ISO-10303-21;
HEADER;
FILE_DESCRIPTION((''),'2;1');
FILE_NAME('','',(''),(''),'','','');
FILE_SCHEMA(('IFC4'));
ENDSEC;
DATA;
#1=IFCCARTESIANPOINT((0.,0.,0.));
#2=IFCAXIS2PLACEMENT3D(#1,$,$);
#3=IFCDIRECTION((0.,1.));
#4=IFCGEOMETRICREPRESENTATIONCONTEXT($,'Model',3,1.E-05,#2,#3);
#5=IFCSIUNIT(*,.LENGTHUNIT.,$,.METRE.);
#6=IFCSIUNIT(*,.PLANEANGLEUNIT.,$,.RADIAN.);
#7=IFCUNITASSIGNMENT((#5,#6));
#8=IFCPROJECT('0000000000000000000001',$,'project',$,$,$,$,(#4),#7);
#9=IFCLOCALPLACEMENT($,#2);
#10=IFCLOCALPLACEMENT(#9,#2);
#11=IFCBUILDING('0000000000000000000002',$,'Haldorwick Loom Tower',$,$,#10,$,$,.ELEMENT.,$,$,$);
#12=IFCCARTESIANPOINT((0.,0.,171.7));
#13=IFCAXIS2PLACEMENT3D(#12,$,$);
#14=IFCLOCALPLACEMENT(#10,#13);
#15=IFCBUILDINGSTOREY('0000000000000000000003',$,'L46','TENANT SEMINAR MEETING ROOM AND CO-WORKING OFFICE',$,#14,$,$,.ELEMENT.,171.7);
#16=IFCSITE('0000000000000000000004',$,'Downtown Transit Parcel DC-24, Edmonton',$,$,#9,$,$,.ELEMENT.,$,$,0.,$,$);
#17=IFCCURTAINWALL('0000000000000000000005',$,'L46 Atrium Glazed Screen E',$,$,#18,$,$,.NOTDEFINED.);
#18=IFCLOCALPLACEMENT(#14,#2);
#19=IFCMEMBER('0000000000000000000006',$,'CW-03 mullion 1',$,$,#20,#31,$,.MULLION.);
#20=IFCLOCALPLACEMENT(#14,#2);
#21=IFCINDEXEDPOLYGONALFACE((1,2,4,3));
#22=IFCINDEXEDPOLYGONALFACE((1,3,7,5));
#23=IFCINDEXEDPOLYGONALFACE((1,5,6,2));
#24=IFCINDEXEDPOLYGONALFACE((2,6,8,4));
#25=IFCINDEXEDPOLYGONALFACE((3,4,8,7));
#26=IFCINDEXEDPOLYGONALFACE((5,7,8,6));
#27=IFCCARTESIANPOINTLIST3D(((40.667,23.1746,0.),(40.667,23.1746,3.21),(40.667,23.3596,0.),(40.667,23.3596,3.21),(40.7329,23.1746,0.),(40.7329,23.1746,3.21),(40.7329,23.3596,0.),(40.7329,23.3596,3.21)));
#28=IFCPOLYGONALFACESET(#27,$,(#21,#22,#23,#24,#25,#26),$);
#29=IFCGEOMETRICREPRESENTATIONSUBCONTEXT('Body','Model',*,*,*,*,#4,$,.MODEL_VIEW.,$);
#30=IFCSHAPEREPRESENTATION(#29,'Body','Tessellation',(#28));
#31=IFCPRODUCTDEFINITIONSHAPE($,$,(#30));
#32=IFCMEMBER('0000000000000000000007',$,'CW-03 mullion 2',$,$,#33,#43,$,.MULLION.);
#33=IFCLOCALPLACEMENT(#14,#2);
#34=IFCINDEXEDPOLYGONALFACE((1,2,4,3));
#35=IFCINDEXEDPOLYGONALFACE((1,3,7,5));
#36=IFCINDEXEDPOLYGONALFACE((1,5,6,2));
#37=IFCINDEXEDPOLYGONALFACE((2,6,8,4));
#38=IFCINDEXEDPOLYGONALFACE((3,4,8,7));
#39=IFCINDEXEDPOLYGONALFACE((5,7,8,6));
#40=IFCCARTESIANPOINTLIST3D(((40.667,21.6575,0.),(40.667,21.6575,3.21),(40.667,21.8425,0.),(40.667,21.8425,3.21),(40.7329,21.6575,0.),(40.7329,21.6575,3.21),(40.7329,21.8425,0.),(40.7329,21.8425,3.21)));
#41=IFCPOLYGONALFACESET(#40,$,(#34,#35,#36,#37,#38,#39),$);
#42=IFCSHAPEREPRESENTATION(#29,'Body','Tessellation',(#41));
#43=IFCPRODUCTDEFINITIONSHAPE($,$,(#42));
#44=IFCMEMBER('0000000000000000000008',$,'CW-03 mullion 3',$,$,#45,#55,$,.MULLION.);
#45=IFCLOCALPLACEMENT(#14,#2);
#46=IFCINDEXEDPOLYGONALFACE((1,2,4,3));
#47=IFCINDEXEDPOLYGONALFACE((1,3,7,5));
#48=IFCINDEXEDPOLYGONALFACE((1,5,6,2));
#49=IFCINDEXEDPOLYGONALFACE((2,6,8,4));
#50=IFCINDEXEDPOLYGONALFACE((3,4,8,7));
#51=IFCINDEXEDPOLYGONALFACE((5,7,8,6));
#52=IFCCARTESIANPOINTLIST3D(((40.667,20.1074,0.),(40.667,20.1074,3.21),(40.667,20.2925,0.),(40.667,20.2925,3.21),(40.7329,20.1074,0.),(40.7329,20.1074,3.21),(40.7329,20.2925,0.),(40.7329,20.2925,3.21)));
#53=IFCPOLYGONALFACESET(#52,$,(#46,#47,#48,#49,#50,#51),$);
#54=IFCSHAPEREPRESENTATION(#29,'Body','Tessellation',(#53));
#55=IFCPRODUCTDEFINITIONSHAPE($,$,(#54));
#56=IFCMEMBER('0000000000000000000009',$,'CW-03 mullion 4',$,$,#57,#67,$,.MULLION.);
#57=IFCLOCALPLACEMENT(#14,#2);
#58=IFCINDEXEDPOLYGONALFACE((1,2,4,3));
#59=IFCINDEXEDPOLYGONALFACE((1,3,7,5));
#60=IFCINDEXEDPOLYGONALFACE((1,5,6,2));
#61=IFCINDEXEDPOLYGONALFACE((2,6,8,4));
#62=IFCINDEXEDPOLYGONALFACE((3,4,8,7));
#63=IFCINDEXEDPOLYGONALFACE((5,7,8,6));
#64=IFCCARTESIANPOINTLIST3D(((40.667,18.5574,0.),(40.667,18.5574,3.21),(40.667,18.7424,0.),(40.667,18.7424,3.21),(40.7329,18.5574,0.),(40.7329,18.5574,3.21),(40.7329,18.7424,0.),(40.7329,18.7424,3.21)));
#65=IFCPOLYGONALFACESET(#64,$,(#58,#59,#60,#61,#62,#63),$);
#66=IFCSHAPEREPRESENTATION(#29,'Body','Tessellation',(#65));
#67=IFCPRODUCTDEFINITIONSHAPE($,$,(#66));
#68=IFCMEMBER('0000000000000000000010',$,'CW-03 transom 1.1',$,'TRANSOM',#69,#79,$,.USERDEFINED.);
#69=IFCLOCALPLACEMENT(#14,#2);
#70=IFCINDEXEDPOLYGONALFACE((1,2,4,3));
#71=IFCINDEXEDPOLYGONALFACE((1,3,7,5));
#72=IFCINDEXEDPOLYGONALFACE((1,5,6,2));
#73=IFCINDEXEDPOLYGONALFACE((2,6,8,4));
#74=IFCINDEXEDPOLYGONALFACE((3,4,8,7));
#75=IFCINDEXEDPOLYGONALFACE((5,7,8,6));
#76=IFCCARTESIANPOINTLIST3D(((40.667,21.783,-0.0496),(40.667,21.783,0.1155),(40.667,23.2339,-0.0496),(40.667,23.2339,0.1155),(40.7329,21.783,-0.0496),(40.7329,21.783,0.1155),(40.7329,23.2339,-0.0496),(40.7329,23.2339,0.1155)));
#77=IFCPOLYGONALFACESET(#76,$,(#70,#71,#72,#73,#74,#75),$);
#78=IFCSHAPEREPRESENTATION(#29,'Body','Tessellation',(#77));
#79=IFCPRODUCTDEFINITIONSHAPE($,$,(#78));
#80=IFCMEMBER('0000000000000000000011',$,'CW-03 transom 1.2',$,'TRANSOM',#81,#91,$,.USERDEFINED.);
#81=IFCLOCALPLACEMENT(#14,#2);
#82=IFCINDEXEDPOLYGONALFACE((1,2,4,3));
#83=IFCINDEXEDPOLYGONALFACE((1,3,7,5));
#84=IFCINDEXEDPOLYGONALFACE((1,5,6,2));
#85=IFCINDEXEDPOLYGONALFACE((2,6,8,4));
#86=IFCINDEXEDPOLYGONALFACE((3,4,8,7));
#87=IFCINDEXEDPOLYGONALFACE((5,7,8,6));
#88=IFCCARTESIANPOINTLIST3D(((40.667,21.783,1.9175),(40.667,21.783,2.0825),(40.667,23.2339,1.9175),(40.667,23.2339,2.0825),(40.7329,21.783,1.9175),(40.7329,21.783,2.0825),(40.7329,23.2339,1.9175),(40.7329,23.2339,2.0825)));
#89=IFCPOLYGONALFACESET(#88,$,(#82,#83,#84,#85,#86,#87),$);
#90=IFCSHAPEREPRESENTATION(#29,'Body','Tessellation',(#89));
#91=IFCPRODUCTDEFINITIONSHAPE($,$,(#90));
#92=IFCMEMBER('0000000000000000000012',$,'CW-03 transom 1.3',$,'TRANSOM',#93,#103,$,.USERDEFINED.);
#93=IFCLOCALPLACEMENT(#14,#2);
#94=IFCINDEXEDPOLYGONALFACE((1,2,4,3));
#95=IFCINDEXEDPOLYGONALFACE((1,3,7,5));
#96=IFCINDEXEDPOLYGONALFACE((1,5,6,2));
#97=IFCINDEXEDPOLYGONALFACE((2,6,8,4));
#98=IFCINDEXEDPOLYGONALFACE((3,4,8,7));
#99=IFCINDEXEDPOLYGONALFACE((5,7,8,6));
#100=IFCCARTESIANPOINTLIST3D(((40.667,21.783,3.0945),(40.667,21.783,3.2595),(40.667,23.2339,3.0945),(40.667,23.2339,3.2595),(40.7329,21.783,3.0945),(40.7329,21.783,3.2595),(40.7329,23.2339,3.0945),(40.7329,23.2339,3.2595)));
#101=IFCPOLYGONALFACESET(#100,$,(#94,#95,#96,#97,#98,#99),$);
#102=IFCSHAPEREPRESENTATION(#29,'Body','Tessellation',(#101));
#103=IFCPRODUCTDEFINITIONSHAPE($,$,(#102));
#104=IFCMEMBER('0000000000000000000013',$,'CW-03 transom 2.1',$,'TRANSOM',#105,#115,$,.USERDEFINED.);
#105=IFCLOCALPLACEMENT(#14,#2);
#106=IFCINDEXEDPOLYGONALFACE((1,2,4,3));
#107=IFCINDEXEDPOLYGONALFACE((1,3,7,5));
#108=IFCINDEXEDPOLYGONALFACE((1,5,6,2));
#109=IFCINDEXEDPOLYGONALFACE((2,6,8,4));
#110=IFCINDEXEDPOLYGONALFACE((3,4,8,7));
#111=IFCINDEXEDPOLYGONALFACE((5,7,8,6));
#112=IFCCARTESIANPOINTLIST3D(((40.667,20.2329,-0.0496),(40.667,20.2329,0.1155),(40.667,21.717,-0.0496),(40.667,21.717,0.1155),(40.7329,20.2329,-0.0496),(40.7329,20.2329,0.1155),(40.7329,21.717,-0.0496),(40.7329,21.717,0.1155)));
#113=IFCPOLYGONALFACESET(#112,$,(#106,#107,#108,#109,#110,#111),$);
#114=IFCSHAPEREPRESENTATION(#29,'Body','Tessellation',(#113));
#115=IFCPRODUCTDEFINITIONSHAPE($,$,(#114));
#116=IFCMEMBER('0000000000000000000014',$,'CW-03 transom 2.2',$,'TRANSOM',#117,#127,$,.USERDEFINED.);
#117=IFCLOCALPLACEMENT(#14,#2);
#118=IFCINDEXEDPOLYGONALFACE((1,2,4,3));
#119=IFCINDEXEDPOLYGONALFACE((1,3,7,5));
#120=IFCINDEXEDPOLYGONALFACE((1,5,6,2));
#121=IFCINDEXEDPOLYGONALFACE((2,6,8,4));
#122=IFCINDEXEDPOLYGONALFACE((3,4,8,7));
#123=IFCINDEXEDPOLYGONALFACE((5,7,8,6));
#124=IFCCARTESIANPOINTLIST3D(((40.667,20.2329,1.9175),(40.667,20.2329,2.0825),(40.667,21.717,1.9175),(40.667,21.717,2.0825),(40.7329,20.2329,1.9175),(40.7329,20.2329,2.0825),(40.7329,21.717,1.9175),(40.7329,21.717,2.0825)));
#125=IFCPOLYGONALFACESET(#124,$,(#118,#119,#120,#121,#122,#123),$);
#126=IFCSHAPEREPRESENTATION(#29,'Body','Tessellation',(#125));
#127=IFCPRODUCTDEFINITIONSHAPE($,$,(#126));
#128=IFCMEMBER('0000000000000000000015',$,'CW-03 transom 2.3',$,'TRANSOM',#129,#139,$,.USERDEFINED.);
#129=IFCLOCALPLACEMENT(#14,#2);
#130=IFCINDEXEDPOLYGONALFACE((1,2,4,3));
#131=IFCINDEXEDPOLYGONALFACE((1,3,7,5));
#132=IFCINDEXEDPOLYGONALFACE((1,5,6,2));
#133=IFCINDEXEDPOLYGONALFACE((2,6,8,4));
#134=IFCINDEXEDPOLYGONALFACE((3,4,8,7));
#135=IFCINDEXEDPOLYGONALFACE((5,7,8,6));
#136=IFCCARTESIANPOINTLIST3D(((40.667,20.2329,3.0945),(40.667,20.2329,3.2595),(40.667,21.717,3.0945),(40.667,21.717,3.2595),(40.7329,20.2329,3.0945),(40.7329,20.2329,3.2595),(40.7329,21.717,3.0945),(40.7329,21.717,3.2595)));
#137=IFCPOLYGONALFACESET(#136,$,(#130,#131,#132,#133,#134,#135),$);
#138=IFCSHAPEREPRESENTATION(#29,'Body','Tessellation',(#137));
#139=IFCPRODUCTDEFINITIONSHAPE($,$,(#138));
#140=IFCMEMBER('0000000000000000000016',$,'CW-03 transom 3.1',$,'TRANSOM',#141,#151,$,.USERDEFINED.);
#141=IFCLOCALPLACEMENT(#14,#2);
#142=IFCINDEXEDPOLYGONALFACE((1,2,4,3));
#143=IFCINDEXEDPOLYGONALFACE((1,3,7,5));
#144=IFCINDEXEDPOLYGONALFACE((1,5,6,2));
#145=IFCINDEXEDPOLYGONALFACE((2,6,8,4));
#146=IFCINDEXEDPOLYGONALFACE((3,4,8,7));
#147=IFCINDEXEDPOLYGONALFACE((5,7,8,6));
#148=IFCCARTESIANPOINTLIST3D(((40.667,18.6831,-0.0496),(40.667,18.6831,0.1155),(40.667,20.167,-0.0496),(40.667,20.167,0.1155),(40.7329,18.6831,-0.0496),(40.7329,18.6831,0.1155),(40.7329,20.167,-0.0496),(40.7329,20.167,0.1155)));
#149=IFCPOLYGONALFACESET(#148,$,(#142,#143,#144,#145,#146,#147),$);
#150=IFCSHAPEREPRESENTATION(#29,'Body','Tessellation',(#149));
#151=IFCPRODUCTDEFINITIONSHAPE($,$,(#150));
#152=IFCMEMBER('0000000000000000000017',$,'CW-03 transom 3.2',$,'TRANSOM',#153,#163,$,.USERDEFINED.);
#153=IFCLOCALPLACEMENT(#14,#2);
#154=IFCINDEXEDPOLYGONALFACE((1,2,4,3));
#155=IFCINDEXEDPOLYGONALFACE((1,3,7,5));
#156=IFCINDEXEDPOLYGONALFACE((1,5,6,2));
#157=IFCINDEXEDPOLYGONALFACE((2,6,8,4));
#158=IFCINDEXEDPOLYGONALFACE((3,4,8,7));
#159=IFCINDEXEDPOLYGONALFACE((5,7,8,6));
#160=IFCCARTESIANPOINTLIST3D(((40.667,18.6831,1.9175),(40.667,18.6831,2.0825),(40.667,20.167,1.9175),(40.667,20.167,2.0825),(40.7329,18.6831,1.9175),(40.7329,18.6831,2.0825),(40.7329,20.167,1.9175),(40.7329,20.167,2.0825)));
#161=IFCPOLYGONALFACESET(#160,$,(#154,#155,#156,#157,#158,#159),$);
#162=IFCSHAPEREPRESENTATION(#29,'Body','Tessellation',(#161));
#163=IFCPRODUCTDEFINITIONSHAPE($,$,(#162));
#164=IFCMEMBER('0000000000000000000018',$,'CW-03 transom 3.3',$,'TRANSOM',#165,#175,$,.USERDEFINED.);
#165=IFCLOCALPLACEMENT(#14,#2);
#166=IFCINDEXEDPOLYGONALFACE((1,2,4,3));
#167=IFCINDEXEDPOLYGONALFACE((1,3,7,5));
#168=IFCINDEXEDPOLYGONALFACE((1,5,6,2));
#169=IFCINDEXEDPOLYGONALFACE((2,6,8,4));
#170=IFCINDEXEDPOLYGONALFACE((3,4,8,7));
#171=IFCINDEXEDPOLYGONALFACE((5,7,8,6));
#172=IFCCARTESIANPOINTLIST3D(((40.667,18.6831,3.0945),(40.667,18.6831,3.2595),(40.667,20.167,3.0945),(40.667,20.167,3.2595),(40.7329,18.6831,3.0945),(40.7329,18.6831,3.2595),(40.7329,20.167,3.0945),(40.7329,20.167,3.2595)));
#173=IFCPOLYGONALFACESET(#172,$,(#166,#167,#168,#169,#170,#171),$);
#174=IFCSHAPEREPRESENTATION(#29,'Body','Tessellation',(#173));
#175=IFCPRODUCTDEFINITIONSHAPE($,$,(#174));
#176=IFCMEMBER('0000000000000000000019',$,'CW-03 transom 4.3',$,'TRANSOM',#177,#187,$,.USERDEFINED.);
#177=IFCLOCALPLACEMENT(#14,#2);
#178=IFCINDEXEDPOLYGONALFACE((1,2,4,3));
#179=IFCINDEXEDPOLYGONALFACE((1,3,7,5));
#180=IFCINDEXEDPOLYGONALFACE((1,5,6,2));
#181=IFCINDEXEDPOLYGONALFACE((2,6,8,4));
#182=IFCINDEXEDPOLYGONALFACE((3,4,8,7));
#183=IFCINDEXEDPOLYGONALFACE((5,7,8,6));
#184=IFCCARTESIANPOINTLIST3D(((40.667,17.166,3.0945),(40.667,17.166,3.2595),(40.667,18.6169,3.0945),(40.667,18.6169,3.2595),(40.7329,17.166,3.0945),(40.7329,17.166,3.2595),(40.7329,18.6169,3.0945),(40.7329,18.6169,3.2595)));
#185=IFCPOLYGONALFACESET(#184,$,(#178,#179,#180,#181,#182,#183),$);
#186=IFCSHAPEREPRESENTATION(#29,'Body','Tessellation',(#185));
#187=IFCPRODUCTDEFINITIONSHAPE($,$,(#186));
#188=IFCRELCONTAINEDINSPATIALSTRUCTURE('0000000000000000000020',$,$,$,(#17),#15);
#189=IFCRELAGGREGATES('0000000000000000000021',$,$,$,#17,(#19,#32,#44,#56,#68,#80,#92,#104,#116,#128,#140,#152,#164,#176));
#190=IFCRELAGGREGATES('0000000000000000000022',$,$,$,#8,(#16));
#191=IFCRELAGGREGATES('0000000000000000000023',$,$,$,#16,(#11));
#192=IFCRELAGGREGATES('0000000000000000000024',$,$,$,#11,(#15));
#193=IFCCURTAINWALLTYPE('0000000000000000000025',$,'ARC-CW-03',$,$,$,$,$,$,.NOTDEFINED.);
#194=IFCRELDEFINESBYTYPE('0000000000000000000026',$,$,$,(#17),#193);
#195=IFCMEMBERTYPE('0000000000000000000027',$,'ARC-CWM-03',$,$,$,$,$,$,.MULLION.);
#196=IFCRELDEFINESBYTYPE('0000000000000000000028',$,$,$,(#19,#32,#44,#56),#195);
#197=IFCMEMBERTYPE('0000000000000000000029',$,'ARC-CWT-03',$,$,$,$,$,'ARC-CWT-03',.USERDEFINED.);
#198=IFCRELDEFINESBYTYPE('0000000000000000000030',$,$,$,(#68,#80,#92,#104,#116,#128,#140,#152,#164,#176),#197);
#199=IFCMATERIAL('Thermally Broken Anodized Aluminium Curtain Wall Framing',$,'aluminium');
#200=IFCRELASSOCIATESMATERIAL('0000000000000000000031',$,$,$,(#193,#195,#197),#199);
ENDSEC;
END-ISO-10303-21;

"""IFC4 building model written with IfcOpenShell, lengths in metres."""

from ifc_helpers import new_model, si_unit, direction, frame, origin, origin_2d, place, context, subcontext, project, spatial, rectangle, extrude, material, material_profile, profile_set, type_object, element, aggregate, save


model = new_model("IFC4")

# Units and contexts
model_context = context("Model", 3, precision=1e-05, world=origin(), true_north=direction((0.0, 1.0)))
body_context = subcontext(model_context, "Body", "Model", "MODEL_VIEW")
ifc_project = project(units=[si_unit("LENGTHUNIT", "METRE"), si_unit("PLANEANGLEUNIT", "RADIAN")], contexts=[model_context])

# Site, building, storey
site_placement = place(None, origin())
site = spatial("IfcSite", under=ifc_project, at=site_placement, Name="Downtown Transit Parcel DC-24, Edmonton", CompositionType="ELEMENT", RefElevation=0.0)
building_placement = place(site_placement, origin())
building = spatial("IfcBuilding", under=site, at=building_placement, Name="Haldorwick Loom Tower", CompositionType="ELEMENT")
storey_placement = place(building_placement, frame((0.0, 0.0, 171.7)))
storey = spatial("IfcBuildingStorey", under=building, at=storey_placement, Name="L46", Description="TENANT SEMINAR MEETING ROOM AND CO-WORKING OFFICE", CompositionType="ELEMENT", Elevation=171.7)

# Curtain wall, members
ifc_material_1 = material(Name="Thermally Broken Anodized Aluminium Curtain Wall Framing", Category="aluminium")
curtain_wall_type = type_object("IfcCurtainWallType", Name="ARC-CW-03", PredefinedType="NOTDEFINED", material=ifc_material_1)
curtain_wall_placement = place(storey_placement, origin())
curtain_wall = element("IfcCurtainWall", 1, at=curtain_wall_placement, inside=storey, type_object=curtain_wall_type, Name="L46 Atrium Glazed Screen E", PredefinedType="NOTDEFINED")
ifc_material_profile_1 = material_profile(ifc_material_1, rectangle(XDim=0.0659, YDim=0.1851, at=origin_2d()), Name="ALU_MUL_66X185", Category="aluminium")
ifc_profile_set_1 = profile_set([ifc_material_profile_1], Name="Thermally Broken Anodized Aluminium Curtain Wall Framing")
member_type_1 = type_object("IfcMemberType", Name="ARC-CWM-03", PredefinedType="MULLION", material=ifc_profile_set_1)
member_1_placement = place(storey_placement, frame((40.7, 23.2671, 0.0), z_axis=(0.0, 0.0, 1.0), x_axis=(1.0, 0.0, 0.0)))
member_1 = element("IfcMember", 2, at=member_1_placement, type_object=member_type_1, Name="CW-03 mullion 1", PredefinedType="MULLION", context=body_context, shape_type="SweptSolid", body=[
    extrude(rectangle(XDim=0.0659, YDim=0.1851, at=origin_2d()), origin(), (0.0, 0.0, 1.0), 3.21),
])
member_2_placement = place(storey_placement, frame((40.7, 21.75, 0.0), z_axis=(0.0, 0.0, 1.0), x_axis=(1.0, 0.0, 0.0)))
member_2 = element("IfcMember", 3, at=member_2_placement, type_object=member_type_1, Name="CW-03 mullion 2", PredefinedType="MULLION", context=body_context, shape_type="SweptSolid", body=[
    extrude(rectangle(XDim=0.0659, YDim=0.1851, at=origin_2d()), origin(), (0.0, 0.0, 1.0), 3.21),
])
member_3_placement = place(storey_placement, frame((40.7, 20.2, 0.0), z_axis=(0.0, 0.0, 1.0), x_axis=(1.0, 0.0, 0.0)))
member_3 = element("IfcMember", 4, at=member_3_placement, type_object=member_type_1, Name="CW-03 mullion 3", PredefinedType="MULLION", context=body_context, shape_type="SweptSolid", body=[
    extrude(rectangle(XDim=0.0659, YDim=0.1851, at=origin_2d()), origin(), (0.0, 0.0, 1.0), 3.21),
])
member_4_placement = place(storey_placement, frame((40.7, 18.6499, 0.0), z_axis=(0.0, 0.0, 1.0), x_axis=(1.0, 0.0, 0.0)))
member_4 = element("IfcMember", 5, at=member_4_placement, type_object=member_type_1, Name="CW-03 mullion 4", PredefinedType="MULLION", context=body_context, shape_type="SweptSolid", body=[
    extrude(rectangle(XDim=0.0659, YDim=0.1851, at=origin_2d()), origin(), (0.0, 0.0, 1.0), 3.21),
])
ifc_material_profile_2 = material_profile(ifc_material_1, rectangle(XDim=0.0659, YDim=0.165, at=origin_2d()), Name="ALU_TRN_66X165", Category="aluminium")
ifc_profile_set_2 = profile_set([ifc_material_profile_2], Name="Thermally Broken Anodized Aluminium Curtain Wall Framing")
member_type_2 = type_object("IfcMemberType", Name="ARC-CWT-03", ElementType="ARC-CWT-03", PredefinedType="USERDEFINED", material=ifc_profile_set_2)
member_5_placement = place(storey_placement, frame((40.7, 23.2339, 0.033), z_axis=(0.0, -1.0, 0.0), x_axis=(1.0, 0.0, 0.0)))
member_5 = element("IfcMember", 6, at=member_5_placement, type_object=member_type_2, Name="CW-03 transom 1.1", ObjectType="TRANSOM", PredefinedType="USERDEFINED", context=body_context, shape_type="SweptSolid", body=[
    extrude(rectangle(XDim=0.0659, YDim=0.165, at=origin_2d()), origin(), (0.0, 0.0, 1.0), 1.4509),
])
member_6_placement = place(storey_placement, frame((40.7, 23.2339, 2.0), z_axis=(0.0, -1.0, 0.0), x_axis=(1.0, 0.0, 0.0)))
member_6 = element("IfcMember", 7, at=member_6_placement, type_object=member_type_2, Name="CW-03 transom 1.2", ObjectType="TRANSOM", PredefinedType="USERDEFINED", context=body_context, shape_type="SweptSolid", body=[
    extrude(rectangle(XDim=0.0659, YDim=0.165, at=origin_2d()), origin(), (0.0, 0.0, 1.0), 1.4509),
])
member_7_placement = place(storey_placement, frame((40.7, 23.2339, 3.177), z_axis=(0.0, -1.0, 0.0), x_axis=(1.0, 0.0, 0.0)))
member_7 = element("IfcMember", 8, at=member_7_placement, type_object=member_type_2, Name="CW-03 transom 1.3", ObjectType="TRANSOM", PredefinedType="USERDEFINED", context=body_context, shape_type="SweptSolid", body=[
    extrude(rectangle(XDim=0.0659, YDim=0.165, at=origin_2d()), origin(), (0.0, 0.0, 1.0), 1.4509),
])
member_8_placement = place(storey_placement, frame((40.7, 21.717, 0.033), z_axis=(0.0, -1.0, 0.0), x_axis=(1.0, 0.0, 0.0)))
member_8 = element("IfcMember", 9, at=member_8_placement, type_object=member_type_2, Name="CW-03 transom 2.1", ObjectType="TRANSOM", PredefinedType="USERDEFINED", context=body_context, shape_type="SweptSolid", body=[
    extrude(rectangle(XDim=0.0659, YDim=0.165, at=origin_2d()), origin(), (0.0, 0.0, 1.0), 1.4841),
])
member_9_placement = place(storey_placement, frame((40.7, 21.717, 2.0), z_axis=(0.0, -1.0, 0.0), x_axis=(1.0, 0.0, 0.0)))
member_9 = element("IfcMember", 10, at=member_9_placement, type_object=member_type_2, Name="CW-03 transom 2.2", ObjectType="TRANSOM", PredefinedType="USERDEFINED", context=body_context, shape_type="SweptSolid", body=[
    extrude(rectangle(XDim=0.0659, YDim=0.165, at=origin_2d()), origin(), (0.0, 0.0, 1.0), 1.4841),
])
member_10_placement = place(storey_placement, frame((40.7, 21.717, 3.177), z_axis=(0.0, -1.0, 0.0), x_axis=(1.0, 0.0, 0.0)))
member_10 = element("IfcMember", 11, at=member_10_placement, type_object=member_type_2, Name="CW-03 transom 2.3", ObjectType="TRANSOM", PredefinedType="USERDEFINED", context=body_context, shape_type="SweptSolid", body=[
    extrude(rectangle(XDim=0.0659, YDim=0.165, at=origin_2d()), origin(), (0.0, 0.0, 1.0), 1.4841),
])
member_11_placement = place(storey_placement, frame((40.7, 20.167, 0.033), z_axis=(0.0, -1.0, 0.0), x_axis=(1.0, 0.0, 0.0)))
member_11 = element("IfcMember", 12, at=member_11_placement, type_object=member_type_2, Name="CW-03 transom 3.1", ObjectType="TRANSOM", PredefinedType="USERDEFINED", context=body_context, shape_type="SweptSolid", body=[
    extrude(rectangle(XDim=0.0659, YDim=0.165, at=origin_2d()), origin(), (0.0, 0.0, 1.0), 1.4839),
])
member_12_placement = place(storey_placement, frame((40.7, 20.167, 2.0), z_axis=(0.0, -1.0, 0.0), x_axis=(1.0, 0.0, 0.0)))
member_12 = element("IfcMember", 13, at=member_12_placement, type_object=member_type_2, Name="CW-03 transom 3.2", ObjectType="TRANSOM", PredefinedType="USERDEFINED", context=body_context, shape_type="SweptSolid", body=[
    extrude(rectangle(XDim=0.0659, YDim=0.165, at=origin_2d()), origin(), (0.0, 0.0, 1.0), 1.4839),
])
member_13_placement = place(storey_placement, frame((40.7, 20.167, 3.177), z_axis=(0.0, -1.0, 0.0), x_axis=(1.0, 0.0, 0.0)))
member_13 = element("IfcMember", 14, at=member_13_placement, type_object=member_type_2, Name="CW-03 transom 3.3", ObjectType="TRANSOM", PredefinedType="USERDEFINED", context=body_context, shape_type="SweptSolid", body=[
    extrude(rectangle(XDim=0.0659, YDim=0.165, at=origin_2d()), origin(), (0.0, 0.0, 1.0), 1.4839),
])
member_14_placement = place(storey_placement, frame((40.7, 18.6169, 3.177), z_axis=(0.0, -1.0, 0.0), x_axis=(1.0, 0.0, 0.0)))
member_14 = element("IfcMember", 15, at=member_14_placement, type_object=member_type_2, Name="CW-03 transom 4.3", ObjectType="TRANSOM", PredefinedType="USERDEFINED", context=body_context, shape_type="SweptSolid", body=[
    extrude(rectangle(XDim=0.0659, YDim=0.165, at=origin_2d()), origin(), (0.0, 0.0, 1.0), 1.4509),
])

aggregate(curtain_wall, [member_1, member_2, member_3, member_4, member_5, member_6, member_7, member_8, member_9, member_10, member_11, member_12, member_13, member_14])

save(model, "model.ifc")
